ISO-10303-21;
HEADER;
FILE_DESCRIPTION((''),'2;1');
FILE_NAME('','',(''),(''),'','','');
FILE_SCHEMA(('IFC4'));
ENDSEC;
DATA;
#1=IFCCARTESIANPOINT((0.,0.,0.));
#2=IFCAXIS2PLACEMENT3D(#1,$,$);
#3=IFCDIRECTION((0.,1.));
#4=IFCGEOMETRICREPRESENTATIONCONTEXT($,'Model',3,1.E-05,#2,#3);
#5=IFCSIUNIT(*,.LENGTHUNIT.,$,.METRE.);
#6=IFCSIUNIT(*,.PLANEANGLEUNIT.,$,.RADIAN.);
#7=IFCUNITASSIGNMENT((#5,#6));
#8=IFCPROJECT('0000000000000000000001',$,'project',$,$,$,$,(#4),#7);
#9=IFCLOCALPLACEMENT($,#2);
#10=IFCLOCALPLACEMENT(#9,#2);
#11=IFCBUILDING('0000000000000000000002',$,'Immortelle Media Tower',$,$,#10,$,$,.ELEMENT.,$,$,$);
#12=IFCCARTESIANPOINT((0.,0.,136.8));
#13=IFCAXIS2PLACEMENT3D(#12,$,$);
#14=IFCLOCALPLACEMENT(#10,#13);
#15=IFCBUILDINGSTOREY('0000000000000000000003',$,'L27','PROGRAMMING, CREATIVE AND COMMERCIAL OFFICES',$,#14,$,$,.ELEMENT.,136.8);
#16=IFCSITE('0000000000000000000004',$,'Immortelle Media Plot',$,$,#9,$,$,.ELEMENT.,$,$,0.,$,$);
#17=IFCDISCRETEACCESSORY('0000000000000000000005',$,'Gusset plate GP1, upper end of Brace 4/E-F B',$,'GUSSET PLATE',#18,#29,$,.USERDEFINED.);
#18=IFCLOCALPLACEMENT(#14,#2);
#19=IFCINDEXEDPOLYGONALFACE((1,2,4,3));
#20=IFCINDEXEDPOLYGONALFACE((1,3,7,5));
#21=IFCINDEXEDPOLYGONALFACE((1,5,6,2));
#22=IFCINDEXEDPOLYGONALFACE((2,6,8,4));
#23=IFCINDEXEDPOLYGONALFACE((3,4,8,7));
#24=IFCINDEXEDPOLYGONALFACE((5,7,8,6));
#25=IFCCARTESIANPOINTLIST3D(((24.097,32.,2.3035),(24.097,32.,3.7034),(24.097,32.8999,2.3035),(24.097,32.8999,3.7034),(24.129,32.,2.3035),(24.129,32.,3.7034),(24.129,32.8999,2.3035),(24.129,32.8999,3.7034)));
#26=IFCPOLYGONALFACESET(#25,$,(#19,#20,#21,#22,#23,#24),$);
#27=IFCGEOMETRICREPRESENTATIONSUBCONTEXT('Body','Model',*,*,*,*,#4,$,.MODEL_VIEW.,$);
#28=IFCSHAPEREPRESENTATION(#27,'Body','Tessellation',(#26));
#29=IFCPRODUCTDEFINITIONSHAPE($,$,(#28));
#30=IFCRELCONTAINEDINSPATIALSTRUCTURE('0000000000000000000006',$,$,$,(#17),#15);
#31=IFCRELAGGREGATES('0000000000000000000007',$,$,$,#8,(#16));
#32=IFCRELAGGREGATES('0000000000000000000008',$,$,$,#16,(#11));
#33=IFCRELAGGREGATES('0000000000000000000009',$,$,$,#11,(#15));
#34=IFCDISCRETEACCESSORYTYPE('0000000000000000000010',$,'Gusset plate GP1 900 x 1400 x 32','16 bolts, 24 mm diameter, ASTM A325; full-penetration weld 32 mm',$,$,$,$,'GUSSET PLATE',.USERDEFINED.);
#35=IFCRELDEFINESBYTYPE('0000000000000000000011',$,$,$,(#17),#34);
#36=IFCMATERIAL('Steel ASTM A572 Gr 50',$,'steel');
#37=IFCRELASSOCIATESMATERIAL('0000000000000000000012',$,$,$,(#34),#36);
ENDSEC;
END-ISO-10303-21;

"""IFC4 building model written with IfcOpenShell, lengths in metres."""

from ifc_helpers import new_model, si_unit, direction, frame, origin, origin_2d, place, context, subcontext, project, spatial, rectangle, extrude, material, material_profile, profile_set, type_object, element, save


model = new_model("IFC4")

# Units and contexts
model_context = context("Model", 3, precision=1e-05, world=origin(), true_north=direction((0.0, 1.0)))
body_context = subcontext(model_context, "Body", "Model", "MODEL_VIEW")
ifc_project = project(units=[si_unit("LENGTHUNIT", "METRE"), si_unit("PLANEANGLEUNIT", "RADIAN")], contexts=[model_context])

# Site, building, storey
site_placement = place(None, origin())
site = spatial("IfcSite", under=ifc_project, at=site_placement, Name="Immortelle Media Plot", CompositionType="ELEMENT", RefElevation=0.0)
building_placement = place(site_placement, origin())
building = spatial("IfcBuilding", under=site, at=building_placement, Name="Immortelle Media Tower", CompositionType="ELEMENT")
storey_placement = place(building_placement, frame((0.0, 0.0, 136.8)))
storey = spatial("IfcBuildingStorey", under=building, at=storey_placement, Name="L27", Description="PROGRAMMING, CREATIVE AND COMMERCIAL OFFICES", CompositionType="ELEMENT", Elevation=136.8)

# Discrete accessory
ifc_material_1 = material(Name="Steel ASTM A572 Gr 50", Category="steel")
ifc_material_profile_1 = material_profile(ifc_material_1, rectangle(XDim=0.032, YDim=1.3999, at=origin_2d()), Name="PL 32 x 1400")
ifc_profile_set_1 = profile_set([ifc_material_profile_1], Name="Steel ASTM A572 Gr 50")
discrete_accessory_type_1 = type_object("IfcDiscreteAccessoryType", Name="Gusset plate GP1 900 x 1400 x 32", Description="16 bolts, 24 mm diameter, ASTM A325; full-penetration weld 32 mm", ElementType="GUSSET PLATE", PredefinedType="USERDEFINED", material=ifc_profile_set_1)
for number, where, z_axis, x_axis, name in (
    (1, (24.113, 32.0, 3.0034), (0.0, 1.0, 0.0), (-1.0, 0.0, 0.0), "Gusset plate GP1, upper end of Brace 4/E-F B"),
):
    element("IfcDiscreteAccessory", number, at=place(storey_placement, frame(where, z_axis=z_axis, x_axis=x_axis)), inside=storey, type_object=discrete_accessory_type_1, Name=name, ObjectType="GUSSET PLATE", PredefinedType="USERDEFINED", context=body_context, shape_type="SweptSolid", body=[
        extrude(rectangle(XDim=0.032, YDim=1.3999, at=origin_2d()), origin(), (0.0, 0.0, 1.0), 0.8999),
    ])

save(model, "model.ifc")
